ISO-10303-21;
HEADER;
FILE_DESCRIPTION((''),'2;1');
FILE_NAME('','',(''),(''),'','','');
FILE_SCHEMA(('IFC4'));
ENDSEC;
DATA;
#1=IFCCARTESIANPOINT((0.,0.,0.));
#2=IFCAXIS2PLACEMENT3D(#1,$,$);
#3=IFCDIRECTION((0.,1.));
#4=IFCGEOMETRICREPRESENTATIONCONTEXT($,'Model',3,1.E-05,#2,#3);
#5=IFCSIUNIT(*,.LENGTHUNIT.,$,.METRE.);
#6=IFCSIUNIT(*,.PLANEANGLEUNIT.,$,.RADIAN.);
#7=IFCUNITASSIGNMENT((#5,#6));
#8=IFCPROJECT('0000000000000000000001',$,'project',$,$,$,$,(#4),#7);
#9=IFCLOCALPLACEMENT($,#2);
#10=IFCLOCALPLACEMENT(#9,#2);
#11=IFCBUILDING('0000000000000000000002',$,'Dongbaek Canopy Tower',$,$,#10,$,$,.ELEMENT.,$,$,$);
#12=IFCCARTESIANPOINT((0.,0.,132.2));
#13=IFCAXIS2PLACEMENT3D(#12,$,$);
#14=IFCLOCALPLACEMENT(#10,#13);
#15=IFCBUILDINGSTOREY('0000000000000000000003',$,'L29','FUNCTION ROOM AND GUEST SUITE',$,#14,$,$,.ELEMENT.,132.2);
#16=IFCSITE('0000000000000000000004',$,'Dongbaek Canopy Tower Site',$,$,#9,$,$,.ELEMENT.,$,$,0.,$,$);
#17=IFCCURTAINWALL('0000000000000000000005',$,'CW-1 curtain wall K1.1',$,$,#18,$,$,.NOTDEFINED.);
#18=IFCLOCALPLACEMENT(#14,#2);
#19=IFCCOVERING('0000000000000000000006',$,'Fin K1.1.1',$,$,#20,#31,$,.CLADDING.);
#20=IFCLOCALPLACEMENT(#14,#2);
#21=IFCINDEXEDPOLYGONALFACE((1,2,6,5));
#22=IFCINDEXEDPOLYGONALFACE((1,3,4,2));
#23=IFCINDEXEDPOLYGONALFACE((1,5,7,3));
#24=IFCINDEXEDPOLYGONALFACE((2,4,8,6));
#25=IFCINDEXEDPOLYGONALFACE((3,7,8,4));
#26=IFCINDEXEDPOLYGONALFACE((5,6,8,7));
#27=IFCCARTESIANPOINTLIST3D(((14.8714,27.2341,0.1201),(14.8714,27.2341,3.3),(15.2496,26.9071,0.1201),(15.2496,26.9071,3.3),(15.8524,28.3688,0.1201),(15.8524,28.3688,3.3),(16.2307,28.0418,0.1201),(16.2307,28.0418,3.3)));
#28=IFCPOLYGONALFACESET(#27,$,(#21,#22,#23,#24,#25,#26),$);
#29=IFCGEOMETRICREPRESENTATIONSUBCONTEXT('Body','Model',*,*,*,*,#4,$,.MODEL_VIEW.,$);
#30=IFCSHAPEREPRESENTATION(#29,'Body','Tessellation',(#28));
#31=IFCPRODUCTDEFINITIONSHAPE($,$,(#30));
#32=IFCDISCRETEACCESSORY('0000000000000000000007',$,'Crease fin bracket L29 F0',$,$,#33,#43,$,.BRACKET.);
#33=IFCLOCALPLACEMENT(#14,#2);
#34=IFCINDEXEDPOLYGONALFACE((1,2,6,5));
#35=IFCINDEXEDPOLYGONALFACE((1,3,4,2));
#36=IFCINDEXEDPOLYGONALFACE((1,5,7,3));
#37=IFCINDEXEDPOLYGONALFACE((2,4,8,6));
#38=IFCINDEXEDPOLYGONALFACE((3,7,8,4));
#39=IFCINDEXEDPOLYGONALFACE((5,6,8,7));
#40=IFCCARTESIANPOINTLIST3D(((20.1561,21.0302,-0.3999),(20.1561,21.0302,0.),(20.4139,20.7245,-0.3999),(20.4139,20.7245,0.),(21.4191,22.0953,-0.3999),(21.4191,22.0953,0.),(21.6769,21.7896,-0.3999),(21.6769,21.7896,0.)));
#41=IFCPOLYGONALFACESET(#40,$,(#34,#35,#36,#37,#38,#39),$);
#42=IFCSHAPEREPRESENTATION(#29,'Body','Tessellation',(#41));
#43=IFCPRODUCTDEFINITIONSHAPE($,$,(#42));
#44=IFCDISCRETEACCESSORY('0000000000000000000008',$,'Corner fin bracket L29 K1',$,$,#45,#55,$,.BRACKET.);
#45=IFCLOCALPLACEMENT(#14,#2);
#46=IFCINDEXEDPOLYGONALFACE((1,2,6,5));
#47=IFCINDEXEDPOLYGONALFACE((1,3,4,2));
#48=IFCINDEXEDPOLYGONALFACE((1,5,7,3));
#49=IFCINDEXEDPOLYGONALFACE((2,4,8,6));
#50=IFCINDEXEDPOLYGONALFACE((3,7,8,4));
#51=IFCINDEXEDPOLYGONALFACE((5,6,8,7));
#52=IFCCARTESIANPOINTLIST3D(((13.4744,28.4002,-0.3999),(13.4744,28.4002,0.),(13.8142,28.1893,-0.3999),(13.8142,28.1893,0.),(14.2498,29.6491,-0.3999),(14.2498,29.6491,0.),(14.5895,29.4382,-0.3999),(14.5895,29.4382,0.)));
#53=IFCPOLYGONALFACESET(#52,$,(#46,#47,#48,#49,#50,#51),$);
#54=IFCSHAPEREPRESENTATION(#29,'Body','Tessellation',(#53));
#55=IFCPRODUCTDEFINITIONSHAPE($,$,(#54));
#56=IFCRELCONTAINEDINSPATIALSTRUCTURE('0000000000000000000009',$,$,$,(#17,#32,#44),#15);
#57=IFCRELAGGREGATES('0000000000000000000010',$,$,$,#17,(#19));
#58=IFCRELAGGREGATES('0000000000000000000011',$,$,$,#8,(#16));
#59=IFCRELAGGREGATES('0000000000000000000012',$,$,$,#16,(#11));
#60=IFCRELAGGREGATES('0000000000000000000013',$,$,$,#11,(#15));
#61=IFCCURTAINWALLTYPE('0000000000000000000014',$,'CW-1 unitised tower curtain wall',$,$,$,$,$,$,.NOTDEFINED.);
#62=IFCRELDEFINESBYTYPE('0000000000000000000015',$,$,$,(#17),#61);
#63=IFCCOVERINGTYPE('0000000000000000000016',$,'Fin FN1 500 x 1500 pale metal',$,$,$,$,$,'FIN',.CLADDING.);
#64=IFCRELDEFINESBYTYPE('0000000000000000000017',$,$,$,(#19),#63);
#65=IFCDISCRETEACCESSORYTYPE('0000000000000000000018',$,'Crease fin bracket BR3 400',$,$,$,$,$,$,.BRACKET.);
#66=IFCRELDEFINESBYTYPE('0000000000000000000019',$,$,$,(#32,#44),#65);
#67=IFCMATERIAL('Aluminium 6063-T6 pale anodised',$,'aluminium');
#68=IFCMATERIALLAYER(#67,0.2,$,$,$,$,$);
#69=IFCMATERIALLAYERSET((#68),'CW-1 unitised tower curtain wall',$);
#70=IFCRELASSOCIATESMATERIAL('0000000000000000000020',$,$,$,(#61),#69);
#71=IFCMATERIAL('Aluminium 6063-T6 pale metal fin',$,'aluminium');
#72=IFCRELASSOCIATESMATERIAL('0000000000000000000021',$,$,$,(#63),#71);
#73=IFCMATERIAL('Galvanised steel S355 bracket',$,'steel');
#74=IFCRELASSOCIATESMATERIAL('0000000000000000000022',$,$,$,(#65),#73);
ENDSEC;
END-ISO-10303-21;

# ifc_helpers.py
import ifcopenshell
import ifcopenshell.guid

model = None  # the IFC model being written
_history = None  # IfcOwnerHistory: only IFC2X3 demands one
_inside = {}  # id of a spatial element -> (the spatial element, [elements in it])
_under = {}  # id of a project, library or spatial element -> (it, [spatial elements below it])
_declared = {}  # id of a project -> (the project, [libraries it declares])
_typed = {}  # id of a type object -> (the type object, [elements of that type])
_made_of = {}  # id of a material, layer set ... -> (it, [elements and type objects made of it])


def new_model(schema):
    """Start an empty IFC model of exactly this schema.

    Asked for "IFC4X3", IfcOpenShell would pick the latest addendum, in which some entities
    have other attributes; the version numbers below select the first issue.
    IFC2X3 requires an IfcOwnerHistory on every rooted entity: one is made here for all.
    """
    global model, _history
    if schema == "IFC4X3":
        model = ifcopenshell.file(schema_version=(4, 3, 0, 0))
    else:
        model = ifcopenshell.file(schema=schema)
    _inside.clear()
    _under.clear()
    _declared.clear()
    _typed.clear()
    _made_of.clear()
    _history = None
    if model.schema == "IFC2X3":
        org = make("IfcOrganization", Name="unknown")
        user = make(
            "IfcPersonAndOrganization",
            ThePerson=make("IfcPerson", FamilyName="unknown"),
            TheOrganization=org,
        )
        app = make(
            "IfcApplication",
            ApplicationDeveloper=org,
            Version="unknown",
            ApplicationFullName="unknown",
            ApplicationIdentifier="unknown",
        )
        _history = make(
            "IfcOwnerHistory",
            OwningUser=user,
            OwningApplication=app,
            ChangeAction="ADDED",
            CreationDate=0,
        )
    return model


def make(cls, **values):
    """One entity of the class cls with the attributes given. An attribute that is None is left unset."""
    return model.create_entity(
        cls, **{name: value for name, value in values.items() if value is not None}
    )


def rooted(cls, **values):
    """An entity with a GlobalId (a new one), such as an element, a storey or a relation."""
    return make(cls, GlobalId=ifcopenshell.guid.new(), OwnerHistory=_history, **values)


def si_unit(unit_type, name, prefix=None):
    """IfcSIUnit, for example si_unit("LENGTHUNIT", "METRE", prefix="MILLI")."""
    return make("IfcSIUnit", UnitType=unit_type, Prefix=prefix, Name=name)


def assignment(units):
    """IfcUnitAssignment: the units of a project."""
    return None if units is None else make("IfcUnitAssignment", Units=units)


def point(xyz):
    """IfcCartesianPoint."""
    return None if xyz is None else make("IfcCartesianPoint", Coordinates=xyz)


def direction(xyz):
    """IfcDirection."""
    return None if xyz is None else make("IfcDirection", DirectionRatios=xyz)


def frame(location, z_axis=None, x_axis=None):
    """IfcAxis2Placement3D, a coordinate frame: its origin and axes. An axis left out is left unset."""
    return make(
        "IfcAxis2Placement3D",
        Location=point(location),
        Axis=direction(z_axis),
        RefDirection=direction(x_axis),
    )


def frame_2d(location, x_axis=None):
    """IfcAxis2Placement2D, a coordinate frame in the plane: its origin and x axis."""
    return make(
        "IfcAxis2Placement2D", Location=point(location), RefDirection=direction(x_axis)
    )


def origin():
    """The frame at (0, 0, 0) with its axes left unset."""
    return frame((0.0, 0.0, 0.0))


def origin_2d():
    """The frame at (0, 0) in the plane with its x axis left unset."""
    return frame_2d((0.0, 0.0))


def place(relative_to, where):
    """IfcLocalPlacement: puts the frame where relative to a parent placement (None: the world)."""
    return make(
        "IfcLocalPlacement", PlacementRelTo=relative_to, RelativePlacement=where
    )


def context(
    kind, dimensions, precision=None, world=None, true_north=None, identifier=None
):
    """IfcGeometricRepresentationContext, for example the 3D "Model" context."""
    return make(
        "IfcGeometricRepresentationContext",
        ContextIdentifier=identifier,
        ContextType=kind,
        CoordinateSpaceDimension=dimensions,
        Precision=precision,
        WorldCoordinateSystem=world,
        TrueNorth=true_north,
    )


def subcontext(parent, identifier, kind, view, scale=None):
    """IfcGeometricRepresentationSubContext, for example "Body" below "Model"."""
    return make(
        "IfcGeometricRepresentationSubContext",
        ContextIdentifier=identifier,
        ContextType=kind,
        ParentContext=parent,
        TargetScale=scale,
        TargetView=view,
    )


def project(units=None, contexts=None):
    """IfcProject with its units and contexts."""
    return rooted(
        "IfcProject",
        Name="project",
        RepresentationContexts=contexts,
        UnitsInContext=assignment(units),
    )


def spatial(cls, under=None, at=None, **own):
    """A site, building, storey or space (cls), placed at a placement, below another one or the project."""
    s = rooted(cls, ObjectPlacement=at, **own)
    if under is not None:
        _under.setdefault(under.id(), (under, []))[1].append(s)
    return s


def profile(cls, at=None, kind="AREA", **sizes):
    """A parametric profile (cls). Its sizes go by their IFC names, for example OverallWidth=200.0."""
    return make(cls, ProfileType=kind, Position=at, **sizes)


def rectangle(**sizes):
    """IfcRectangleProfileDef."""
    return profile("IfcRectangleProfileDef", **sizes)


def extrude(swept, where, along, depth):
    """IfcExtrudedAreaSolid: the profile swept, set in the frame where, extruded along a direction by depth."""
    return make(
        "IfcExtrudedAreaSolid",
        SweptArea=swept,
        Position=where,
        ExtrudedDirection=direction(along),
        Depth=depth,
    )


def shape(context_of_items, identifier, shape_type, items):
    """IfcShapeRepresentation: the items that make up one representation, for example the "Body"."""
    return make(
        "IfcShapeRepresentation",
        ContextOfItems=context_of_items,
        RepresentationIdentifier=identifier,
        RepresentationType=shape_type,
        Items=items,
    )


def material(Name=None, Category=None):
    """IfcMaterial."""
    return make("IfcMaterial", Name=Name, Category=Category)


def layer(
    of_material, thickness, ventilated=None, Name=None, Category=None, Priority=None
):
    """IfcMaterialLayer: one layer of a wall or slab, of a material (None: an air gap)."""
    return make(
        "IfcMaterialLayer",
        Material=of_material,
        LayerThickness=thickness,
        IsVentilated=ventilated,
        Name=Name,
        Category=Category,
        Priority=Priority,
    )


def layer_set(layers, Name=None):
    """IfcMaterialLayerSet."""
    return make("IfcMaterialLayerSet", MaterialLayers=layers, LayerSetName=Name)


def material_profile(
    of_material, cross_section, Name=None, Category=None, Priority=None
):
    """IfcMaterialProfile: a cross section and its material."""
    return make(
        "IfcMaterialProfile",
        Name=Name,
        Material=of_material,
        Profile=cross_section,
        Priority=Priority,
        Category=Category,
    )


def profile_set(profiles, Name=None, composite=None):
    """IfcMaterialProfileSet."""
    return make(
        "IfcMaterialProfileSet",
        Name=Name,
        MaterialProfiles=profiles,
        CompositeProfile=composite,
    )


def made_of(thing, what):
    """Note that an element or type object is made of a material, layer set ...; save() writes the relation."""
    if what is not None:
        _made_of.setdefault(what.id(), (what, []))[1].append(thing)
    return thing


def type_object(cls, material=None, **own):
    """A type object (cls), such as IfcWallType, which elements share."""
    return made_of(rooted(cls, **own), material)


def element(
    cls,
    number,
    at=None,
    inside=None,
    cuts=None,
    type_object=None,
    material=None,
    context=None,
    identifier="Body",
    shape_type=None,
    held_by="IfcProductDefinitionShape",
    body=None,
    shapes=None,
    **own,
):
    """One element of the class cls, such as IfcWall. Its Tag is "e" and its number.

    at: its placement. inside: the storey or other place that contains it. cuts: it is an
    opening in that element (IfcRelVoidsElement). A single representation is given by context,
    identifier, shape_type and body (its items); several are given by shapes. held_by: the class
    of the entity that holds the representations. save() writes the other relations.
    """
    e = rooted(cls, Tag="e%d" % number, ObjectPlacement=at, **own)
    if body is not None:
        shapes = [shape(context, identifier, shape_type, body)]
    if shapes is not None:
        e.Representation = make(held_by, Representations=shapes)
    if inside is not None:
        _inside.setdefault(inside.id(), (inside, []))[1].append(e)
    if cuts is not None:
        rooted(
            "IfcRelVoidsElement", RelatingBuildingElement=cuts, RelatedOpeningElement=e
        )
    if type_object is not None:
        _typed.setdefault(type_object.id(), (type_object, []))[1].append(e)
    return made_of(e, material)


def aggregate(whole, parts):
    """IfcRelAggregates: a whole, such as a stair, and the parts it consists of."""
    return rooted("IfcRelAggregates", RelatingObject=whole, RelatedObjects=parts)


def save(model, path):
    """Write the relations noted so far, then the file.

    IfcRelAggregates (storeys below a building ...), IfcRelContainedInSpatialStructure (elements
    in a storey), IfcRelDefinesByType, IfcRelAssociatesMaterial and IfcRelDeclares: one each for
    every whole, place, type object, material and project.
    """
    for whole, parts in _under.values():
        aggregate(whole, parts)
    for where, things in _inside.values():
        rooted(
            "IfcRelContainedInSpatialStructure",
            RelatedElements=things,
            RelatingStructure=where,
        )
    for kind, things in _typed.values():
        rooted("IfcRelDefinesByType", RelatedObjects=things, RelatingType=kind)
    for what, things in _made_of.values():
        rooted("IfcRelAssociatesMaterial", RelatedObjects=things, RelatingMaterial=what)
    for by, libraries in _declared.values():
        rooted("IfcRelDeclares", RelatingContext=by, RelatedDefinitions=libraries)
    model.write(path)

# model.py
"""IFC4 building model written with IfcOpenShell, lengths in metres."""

from ifc_helpers import new_model, si_unit, direction, frame, origin, origin_2d, place, context, subcontext, project, spatial, rectangle, extrude, material, layer, layer_set, material_profile, profile_set, type_object, element, aggregate, save


model = new_model("IFC4")

# Units and contexts
model_context = context("Model", 3, precision=1e-05, world=origin(), true_north=direction((0.0, 1.0)))
body_context = subcontext(model_context, "Body", "Model", "MODEL_VIEW")
ifc_project = project(units=[si_unit("LENGTHUNIT", "METRE"), si_unit("PLANEANGLEUNIT", "RADIAN")], contexts=[model_context])

# Site, building, storey
site_placement = place(None, origin())
site = spatial("IfcSite", under=ifc_project, at=site_placement, Name="Dongbaek Canopy Tower Site", CompositionType="ELEMENT", RefElevation=0.0)
building_placement = place(site_placement, origin())
building = spatial("IfcBuilding", under=site, at=building_placement, Name="Dongbaek Canopy Tower", CompositionType="ELEMENT")
storey_placement = place(building_placement, frame((0.0, 0.0, 132.2)))
storey = spatial("IfcBuildingStorey", under=building, at=storey_placement, Name="L29", Description="FUNCTION ROOM AND GUEST SUITE", CompositionType="ELEMENT", Elevation=132.2)

# Shared definitions
ifc_material_1 = material(Name="Aluminium 6063-T6 pale anodised", Category="aluminium")
ifc_layer_1 = layer(ifc_material_1, 0.2)
ifc_layer_set_1 = layer_set([ifc_layer_1], Name="CW-1 unitised tower curtain wall")
curtain_wall_type = type_object("IfcCurtainWallType", Name="CW-1 unitised tower curtain wall", PredefinedType="NOTDEFINED", material=ifc_layer_set_1)

# Curtain wall
curtain_wall_1_placement = place(storey_placement, origin())
curtain_wall_1 = element("IfcCurtainWall", 1, at=curtain_wall_1_placement, inside=storey, type_object=curtain_wall_type, Name="CW-1 curtain wall K1.1", PredefinedType="NOTDEFINED")

# Covering
ifc_material_2 = material(Name="Aluminium 6063-T6 pale metal fin", Category="aluminium")
ifc_material_profile_1 = material_profile(ifc_material_2, rectangle(XDim=1.5, YDim=0.5, at=origin_2d()), Name="Fin FN1 500 x 1500 pale metal")
ifc_profile_set_1 = profile_set([ifc_material_profile_1], Name="Aluminium 6063-T6 pale metal fin")
covering_type_1 = type_object("IfcCoveringType", Name="Fin FN1 500 x 1500 pale metal", ElementType="FIN", PredefinedType="CLADDING", material=ifc_profile_set_1)
covering_1_placement = place(storey_placement, frame((15.551, 27.6379, 0.1201), z_axis=(0.0, 0.0, 1.0), x_axis=(0.654014, 0.756482, 0.0)))
covering_1 = element("IfcCovering", 2, at=covering_1_placement, type_object=covering_type_1, Name="Fin K1.1.1", PredefinedType="CLADDING", context=body_context, shape_type="SweptSolid", body=[
    extrude(rectangle(XDim=1.5, YDim=0.5, at=origin_2d()), origin(), (0.0, 0.0, 1.0), 3.1799),
])
aggregate(curtain_wall_1, [covering_1])

# Discrete accessories
ifc_material_3 = material(Name="Galvanised steel S355 bracket", Category="steel")
discrete_accessory_type = type_object("IfcDiscreteAccessoryType", Name="Crease fin bracket BR3 400", PredefinedType="BRACKET", material=ifc_material_3)
discrete_accessory_1_placement = place(storey_placement, frame((20.9165, 21.4099, -0.3999), z_axis=(0.0, 0.0, 1.0), x_axis=(0.764439, 0.644696, 0.0)))
element("IfcDiscreteAccessory", 3, at=discrete_accessory_1_placement, inside=storey, type_object=discrete_accessory_type, Name="Crease fin bracket L29 F0", PredefinedType="BRACKET", context=body_context, shape_type="SweptSolid", body=[
    extrude(rectangle(XDim=1.6521, YDim=0.3999, at=origin_2d()), origin(), (0.0, 0.0, 1.0), 0.3999),
])
discrete_accessory_2_placement = place(storey_placement, frame((14.032, 28.9192, -0.3999), z_axis=(0.0, 0.0, 1.0), x_axis=(0.527441, 0.849592, 0.0)))
element("IfcDiscreteAccessory", 4, at=discrete_accessory_2_placement, inside=storey, type_object=discrete_accessory_type, Name="Corner fin bracket L29 K1", PredefinedType="BRACKET", context=body_context, shape_type="SweptSolid", body=[
    extrude(rectangle(XDim=1.47, YDim=0.3999, at=origin_2d()), origin(), (0.0, 0.0, 1.0), 0.3999),
])

save(model, "model.ifc")
